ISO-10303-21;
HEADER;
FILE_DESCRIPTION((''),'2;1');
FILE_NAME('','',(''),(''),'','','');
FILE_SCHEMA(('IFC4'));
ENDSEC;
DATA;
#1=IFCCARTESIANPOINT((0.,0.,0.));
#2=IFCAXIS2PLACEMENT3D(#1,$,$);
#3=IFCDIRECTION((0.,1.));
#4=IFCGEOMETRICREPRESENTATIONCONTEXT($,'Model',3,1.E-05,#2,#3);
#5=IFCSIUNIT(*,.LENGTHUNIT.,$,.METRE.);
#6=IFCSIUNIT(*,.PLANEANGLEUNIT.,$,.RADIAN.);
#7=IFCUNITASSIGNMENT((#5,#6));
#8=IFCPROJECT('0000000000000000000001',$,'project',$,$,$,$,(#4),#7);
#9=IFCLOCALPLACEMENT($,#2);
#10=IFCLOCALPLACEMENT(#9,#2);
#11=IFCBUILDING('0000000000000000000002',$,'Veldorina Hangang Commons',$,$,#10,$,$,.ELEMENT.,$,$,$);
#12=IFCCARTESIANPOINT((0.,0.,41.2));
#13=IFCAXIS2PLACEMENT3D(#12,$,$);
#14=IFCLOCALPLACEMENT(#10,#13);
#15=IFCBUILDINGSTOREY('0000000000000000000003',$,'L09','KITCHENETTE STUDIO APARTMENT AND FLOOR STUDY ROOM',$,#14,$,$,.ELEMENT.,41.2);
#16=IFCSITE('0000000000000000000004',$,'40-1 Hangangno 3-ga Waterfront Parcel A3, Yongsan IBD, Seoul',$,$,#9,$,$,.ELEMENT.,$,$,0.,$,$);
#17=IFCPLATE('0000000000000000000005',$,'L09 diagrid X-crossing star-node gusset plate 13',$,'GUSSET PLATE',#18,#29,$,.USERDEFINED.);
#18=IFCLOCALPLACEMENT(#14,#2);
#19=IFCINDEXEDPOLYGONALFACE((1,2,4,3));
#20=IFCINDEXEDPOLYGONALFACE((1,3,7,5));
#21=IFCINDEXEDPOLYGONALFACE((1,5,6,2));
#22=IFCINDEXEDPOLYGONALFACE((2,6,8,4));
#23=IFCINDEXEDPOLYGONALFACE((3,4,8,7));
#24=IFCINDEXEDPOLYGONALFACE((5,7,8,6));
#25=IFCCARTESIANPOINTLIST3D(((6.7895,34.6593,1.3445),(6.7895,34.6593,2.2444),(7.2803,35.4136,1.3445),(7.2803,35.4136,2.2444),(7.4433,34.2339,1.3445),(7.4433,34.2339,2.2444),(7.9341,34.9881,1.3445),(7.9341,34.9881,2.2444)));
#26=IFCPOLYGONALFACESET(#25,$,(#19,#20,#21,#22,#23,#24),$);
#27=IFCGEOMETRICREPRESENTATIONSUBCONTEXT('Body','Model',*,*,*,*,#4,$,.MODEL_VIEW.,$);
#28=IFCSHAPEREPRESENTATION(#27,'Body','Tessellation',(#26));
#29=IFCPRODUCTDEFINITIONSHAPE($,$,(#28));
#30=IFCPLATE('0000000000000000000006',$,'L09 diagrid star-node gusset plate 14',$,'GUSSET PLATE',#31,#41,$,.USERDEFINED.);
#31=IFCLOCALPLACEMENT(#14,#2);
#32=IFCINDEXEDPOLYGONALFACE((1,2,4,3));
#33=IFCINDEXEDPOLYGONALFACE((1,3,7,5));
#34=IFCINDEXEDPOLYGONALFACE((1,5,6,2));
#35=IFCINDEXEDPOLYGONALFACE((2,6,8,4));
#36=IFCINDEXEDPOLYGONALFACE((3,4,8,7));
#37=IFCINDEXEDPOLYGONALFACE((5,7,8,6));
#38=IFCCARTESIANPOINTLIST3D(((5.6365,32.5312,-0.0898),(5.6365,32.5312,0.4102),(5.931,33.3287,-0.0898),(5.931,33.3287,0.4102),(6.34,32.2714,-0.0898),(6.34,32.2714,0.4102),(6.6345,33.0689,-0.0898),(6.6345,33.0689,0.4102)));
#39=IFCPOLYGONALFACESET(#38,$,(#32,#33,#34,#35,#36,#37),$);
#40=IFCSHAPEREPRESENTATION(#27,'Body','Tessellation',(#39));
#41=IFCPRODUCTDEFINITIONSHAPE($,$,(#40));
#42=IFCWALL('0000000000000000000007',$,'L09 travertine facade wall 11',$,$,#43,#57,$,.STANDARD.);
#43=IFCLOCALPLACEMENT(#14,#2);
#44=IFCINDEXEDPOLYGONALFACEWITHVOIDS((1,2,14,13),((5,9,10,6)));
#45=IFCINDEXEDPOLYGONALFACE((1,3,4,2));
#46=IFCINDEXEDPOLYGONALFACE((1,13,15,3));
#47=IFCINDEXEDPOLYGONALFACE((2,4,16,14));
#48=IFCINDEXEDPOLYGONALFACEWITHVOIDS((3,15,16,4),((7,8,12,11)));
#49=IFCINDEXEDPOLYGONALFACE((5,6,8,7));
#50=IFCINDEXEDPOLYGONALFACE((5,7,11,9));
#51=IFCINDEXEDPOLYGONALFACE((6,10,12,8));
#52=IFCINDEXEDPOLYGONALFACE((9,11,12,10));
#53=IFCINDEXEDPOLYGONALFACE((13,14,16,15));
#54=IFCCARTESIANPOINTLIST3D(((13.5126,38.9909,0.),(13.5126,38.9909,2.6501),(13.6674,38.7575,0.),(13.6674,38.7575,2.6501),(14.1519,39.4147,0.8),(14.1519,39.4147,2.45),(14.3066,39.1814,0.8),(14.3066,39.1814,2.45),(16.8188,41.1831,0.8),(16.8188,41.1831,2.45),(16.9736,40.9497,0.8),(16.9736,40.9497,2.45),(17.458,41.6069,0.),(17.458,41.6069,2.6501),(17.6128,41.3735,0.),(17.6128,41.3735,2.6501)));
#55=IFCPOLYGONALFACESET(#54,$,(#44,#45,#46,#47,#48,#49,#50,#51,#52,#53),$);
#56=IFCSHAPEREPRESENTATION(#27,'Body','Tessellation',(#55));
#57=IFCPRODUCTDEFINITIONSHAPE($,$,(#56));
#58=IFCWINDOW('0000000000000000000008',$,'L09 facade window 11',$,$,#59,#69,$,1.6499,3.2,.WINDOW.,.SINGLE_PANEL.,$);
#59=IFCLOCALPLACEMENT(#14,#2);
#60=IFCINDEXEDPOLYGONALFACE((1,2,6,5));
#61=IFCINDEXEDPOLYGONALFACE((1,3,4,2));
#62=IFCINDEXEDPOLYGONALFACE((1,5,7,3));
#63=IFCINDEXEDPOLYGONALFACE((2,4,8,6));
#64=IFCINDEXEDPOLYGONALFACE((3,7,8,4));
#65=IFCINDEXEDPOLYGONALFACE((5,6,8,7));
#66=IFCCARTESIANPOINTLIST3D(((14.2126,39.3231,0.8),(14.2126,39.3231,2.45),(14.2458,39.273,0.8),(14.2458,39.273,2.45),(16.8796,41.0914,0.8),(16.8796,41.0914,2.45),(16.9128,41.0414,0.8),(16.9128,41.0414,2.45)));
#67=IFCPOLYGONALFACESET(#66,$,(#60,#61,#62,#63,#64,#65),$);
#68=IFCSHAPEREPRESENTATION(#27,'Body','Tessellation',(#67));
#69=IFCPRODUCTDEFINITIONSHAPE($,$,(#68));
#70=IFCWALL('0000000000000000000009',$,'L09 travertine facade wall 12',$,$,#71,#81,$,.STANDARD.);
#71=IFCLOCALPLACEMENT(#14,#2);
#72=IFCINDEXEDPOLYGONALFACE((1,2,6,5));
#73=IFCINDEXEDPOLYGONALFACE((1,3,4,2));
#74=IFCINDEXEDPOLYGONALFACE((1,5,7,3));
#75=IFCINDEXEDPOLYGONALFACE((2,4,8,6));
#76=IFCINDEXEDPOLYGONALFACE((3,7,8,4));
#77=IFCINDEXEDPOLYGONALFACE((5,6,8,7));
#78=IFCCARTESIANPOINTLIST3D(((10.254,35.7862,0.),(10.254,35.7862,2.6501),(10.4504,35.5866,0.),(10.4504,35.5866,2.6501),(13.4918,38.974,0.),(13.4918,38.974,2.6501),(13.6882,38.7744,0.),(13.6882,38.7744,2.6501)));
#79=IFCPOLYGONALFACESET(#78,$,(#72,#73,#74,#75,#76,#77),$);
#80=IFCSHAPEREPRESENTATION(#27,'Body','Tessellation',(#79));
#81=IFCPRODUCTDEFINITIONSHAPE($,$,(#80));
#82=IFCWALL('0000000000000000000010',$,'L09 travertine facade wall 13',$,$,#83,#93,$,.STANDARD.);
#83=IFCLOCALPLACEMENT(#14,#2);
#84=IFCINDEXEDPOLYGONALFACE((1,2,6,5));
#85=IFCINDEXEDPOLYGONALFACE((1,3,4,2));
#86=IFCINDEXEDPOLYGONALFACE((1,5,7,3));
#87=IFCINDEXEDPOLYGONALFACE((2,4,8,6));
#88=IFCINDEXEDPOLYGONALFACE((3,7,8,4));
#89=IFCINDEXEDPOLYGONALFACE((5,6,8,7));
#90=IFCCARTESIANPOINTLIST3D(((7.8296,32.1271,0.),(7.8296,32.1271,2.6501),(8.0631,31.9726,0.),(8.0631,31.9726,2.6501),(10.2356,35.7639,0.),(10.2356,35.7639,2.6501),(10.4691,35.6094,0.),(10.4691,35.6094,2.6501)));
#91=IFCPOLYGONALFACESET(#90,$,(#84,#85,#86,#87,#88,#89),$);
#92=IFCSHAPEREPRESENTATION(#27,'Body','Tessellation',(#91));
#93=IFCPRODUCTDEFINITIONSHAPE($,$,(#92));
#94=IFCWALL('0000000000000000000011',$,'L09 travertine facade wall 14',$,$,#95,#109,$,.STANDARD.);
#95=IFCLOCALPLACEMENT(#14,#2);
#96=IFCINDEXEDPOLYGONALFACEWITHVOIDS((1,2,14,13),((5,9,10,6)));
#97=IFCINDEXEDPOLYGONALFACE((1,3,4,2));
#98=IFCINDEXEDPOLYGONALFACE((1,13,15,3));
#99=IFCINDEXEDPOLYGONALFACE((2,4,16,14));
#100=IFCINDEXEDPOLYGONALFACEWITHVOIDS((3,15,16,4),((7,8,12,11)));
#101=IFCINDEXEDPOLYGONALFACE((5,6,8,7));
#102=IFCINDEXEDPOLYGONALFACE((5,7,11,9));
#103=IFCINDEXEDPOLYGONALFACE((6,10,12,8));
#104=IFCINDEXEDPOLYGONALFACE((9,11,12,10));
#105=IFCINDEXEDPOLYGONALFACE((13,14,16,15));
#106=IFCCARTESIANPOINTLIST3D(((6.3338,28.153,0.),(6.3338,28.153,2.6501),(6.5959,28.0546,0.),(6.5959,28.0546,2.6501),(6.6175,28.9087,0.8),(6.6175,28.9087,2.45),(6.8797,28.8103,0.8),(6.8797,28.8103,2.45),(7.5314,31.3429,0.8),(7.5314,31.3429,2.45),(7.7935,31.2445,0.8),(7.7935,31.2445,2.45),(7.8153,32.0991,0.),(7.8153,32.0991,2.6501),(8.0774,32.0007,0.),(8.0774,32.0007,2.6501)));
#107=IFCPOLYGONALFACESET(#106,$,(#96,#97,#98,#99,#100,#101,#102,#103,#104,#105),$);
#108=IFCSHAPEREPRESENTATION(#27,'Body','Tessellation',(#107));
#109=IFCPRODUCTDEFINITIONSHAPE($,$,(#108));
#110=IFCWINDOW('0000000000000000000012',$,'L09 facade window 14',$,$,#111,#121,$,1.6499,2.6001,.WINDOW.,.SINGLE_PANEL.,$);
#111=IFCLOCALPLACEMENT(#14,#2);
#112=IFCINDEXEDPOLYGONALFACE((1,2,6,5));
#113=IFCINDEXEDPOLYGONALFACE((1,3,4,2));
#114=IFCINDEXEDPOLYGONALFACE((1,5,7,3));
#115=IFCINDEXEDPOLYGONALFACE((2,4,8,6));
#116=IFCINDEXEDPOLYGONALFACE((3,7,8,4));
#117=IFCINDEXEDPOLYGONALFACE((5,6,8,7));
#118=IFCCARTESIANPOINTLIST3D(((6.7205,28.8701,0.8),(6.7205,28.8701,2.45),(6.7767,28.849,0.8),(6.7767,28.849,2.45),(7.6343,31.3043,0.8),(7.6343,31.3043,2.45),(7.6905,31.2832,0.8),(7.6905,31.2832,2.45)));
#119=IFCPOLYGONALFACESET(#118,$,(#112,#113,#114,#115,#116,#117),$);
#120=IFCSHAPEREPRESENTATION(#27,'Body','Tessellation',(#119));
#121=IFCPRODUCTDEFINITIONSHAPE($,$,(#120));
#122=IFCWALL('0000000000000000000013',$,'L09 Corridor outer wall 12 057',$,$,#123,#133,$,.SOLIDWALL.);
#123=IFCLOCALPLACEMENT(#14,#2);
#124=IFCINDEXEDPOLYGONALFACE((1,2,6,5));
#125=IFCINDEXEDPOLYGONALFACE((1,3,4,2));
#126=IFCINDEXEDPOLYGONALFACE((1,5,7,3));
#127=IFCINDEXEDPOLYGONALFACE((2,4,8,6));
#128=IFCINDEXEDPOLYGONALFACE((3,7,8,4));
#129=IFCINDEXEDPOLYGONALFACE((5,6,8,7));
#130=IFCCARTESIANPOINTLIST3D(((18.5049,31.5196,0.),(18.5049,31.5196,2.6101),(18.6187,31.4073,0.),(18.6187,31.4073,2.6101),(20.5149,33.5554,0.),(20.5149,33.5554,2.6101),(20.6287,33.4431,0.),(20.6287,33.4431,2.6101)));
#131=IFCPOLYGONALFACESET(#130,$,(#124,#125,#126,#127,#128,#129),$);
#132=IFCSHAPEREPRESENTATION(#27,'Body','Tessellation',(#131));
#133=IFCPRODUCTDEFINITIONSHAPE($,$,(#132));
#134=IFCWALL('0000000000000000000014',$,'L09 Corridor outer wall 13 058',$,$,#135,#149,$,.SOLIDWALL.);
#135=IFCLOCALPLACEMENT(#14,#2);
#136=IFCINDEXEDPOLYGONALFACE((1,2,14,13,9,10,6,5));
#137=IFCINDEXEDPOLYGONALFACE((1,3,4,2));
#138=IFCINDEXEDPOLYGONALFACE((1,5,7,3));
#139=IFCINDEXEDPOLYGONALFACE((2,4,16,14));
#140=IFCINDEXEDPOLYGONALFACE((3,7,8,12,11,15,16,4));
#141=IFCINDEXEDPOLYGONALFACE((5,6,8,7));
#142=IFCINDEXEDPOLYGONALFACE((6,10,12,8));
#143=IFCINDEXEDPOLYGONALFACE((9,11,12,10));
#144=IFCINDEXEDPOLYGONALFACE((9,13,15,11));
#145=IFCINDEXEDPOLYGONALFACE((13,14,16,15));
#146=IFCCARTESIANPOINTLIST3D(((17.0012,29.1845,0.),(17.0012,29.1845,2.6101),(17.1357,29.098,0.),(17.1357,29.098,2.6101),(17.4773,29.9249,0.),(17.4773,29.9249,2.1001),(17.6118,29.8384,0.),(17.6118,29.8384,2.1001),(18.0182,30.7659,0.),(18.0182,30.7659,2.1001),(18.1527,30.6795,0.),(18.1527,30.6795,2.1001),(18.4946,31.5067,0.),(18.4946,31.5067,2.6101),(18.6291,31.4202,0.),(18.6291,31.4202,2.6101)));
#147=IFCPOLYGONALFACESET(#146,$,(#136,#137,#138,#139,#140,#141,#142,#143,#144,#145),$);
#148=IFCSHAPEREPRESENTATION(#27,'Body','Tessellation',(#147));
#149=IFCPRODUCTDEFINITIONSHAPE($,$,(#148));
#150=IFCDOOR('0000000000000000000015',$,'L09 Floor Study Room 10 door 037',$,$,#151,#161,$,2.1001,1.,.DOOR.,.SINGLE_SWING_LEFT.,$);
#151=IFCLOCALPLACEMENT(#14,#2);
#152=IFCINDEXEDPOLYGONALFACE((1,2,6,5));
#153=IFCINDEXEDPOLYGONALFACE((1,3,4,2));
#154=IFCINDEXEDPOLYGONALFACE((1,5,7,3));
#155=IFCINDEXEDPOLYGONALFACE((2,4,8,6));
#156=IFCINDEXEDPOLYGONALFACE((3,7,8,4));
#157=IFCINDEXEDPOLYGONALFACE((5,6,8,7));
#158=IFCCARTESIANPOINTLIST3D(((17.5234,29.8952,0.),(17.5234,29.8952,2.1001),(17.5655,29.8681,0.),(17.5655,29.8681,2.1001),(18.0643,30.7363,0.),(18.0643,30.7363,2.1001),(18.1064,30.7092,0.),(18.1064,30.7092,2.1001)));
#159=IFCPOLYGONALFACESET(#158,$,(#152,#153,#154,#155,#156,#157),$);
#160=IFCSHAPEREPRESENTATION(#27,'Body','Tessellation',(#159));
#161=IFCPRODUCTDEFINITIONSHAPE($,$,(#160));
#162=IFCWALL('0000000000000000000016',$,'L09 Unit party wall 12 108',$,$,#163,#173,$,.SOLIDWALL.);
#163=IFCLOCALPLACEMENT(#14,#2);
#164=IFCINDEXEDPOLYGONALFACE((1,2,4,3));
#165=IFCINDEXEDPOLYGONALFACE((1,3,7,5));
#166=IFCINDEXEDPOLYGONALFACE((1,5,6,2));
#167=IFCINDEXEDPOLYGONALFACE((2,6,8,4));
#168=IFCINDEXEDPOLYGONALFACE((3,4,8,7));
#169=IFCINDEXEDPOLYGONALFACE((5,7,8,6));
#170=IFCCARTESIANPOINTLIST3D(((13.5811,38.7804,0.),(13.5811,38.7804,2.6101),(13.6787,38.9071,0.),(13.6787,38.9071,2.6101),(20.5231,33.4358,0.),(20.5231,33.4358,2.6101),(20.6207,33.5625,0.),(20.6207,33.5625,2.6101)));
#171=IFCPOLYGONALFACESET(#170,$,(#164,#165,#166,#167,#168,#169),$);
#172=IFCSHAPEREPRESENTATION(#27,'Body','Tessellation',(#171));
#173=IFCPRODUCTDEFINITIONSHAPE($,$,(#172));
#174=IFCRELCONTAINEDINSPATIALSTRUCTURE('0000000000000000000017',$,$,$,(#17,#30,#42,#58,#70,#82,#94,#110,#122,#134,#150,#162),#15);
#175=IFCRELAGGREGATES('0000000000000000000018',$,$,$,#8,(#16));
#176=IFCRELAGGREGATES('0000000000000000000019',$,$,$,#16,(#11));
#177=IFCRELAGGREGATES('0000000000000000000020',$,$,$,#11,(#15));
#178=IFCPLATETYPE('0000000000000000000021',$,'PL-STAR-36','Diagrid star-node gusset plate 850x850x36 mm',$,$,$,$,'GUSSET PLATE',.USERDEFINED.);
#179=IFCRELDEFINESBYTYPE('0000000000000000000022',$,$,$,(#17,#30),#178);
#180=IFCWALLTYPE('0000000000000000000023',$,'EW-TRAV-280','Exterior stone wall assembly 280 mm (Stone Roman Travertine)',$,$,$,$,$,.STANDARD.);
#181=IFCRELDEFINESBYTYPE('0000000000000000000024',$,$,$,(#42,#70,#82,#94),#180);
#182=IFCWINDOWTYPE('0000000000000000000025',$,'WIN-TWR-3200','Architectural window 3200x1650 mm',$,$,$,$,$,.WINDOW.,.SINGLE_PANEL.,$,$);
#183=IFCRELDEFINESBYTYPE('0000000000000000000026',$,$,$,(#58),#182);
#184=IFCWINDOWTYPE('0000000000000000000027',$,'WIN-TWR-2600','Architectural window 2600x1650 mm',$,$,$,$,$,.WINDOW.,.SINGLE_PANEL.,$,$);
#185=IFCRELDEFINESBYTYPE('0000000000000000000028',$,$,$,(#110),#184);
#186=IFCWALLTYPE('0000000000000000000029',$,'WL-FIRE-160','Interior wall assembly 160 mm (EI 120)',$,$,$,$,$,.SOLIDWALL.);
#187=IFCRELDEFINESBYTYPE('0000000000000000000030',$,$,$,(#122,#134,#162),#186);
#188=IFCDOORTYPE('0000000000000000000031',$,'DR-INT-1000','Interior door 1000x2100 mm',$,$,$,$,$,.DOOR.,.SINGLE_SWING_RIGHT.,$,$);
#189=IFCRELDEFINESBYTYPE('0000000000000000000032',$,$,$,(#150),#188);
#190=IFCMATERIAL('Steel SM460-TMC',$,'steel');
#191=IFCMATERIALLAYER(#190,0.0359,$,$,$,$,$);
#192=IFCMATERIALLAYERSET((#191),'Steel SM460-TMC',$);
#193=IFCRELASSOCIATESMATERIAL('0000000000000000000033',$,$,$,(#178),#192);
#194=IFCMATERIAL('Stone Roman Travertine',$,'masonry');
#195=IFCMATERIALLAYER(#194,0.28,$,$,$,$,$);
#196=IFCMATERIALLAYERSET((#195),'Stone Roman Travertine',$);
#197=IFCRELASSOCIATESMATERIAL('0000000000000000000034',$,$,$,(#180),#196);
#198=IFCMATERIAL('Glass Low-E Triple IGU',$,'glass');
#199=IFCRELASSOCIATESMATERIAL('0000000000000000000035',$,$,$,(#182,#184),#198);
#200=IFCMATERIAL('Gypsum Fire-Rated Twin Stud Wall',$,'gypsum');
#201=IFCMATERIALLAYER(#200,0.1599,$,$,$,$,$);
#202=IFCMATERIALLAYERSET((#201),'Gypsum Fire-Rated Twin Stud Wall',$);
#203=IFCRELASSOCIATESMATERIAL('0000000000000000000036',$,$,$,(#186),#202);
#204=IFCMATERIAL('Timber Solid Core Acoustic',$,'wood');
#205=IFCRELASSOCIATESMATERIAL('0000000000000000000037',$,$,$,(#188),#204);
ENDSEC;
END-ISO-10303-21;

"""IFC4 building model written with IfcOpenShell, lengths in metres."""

from ifc_helpers import new_model, si_unit, direction, frame, frame_2d, origin, origin_2d, place, context, subcontext, project, spatial, rectangle, extrude, material, layer, layer_set, type_object, element, fill, save


model = new_model("IFC4")

# Units and contexts
model_context = context("Model", 3, precision=1e-05, world=origin(), true_north=direction((0.0, 1.0)))
body_context = subcontext(model_context, "Body", "Model", "MODEL_VIEW")
ifc_project = project(units=[si_unit("LENGTHUNIT", "METRE"), si_unit("PLANEANGLEUNIT", "RADIAN")], contexts=[model_context])

# Site, building, storey
site_placement = place(None, origin())
site = spatial("IfcSite", under=ifc_project, at=site_placement, Name="40-1 Hangangno 3-ga Waterfront Parcel A3, Yongsan IBD, Seoul", CompositionType="ELEMENT", RefElevation=0.0)
building_placement = place(site_placement, origin())
building = spatial("IfcBuilding", under=site, at=building_placement, Name="Veldorina Hangang Commons", CompositionType="ELEMENT")
storey_placement = place(building_placement, frame((0.0, 0.0, 41.2)))
storey = spatial("IfcBuildingStorey", under=building, at=storey_placement, Name="L09", Description="KITCHENETTE STUDIO APARTMENT AND FLOOR STUDY ROOM", CompositionType="ELEMENT", Elevation=41.2)

# Shared definitions
ifc_material_1 = material(Name="Steel SM460-TMC", Category="steel")

# Plates
ifc_layer_1 = layer(ifc_material_1, 0.0359)
ifc_layer_set_1 = layer_set([ifc_layer_1], Name="Steel SM460-TMC")
plate_type = type_object("IfcPlateType", Name="PL-STAR-36", Description="Diagrid star-node gusset plate 850x850x36 mm", ElementType="GUSSET PLATE", PredefinedType="USERDEFINED", material=ifc_layer_set_1)
plate_1_placement = place(storey_placement, frame((7.3618, 34.8237, 1.3445), z_axis=(0.0, 0.0, 1.0), x_axis=(-0.545429, -0.838157, 0.0)))
element("IfcPlate", 1, at=plate_1_placement, inside=storey, type_object=plate_type, Name="L09 diagrid X-crossing star-node gusset plate 13", ObjectType="GUSSET PLATE", PredefinedType="USERDEFINED", context=body_context, shape_type="SweptSolid", body=[
    extrude(rectangle(XDim=0.8999, YDim=0.78, at=origin_2d()), origin(), (0.0, 0.0, 1.0), 0.8999),
])
plate_2_placement = place(storey_placement, frame((6.1355, 32.8, -0.0898), z_axis=(0.0, 0.0, 1.0), x_axis=(-0.346428, -0.938077, 0.0)))
element("IfcPlate", 2, at=plate_2_placement, inside=storey, type_object=plate_type, Name="L09 diagrid star-node gusset plate 14", ObjectType="GUSSET PLATE", PredefinedType="USERDEFINED", context=body_context, shape_type="SweptSolid", body=[
    extrude(rectangle(XDim=0.8501, YDim=0.75, at=origin_2d()), origin(), (0.0, 0.0, 1.0), 0.5),
])

# Wall, opening, window
ifc_material_2 = material(Name="Stone Roman Travertine", Category="masonry")
ifc_layer_2 = layer(ifc_material_2, 0.28)
ifc_layer_set_2 = layer_set([ifc_layer_2], Name="Stone Roman Travertine")
wall_type_1 = type_object("IfcWallType", Name="EW-TRAV-280", Description="Exterior stone wall assembly 280 mm (Stone Roman Travertine)", PredefinedType="STANDARD", material=ifc_layer_set_2)
wall_1_placement = place(storey_placement, frame((17.5354, 41.4902, 0.0), z_axis=(0.0, 0.0, 1.0), x_axis=(-0.833436, -0.552616, 0.0)))
wall_1 = element("IfcWall", 3, at=wall_1_placement, inside=storey, type_object=wall_type_1, Name="L09 travertine facade wall 11", PredefinedType="STANDARD", context=body_context, shape_type="SweptSolid", body=[
    extrude(rectangle(XDim=4.7339, YDim=0.28, at=frame_2d((2.3669, 0.0))), origin(), (0.0, 0.0, 1.0), 2.6501),
])
opening_1_placement = place(wall_1_placement, frame((0.7668, 0.0, 0.8)))
opening_1 = element("IfcOpeningElement", 4, at=opening_1_placement, cuts=wall_1, PredefinedType="OPENING", context=body_context, shape_type="SweptSolid", body=[
    extrude(rectangle(XDim=3.2, YDim=1.6499, at=frame_2d((1.6001, 0.825))), frame((0.0, 0.1499, 0.0), z_axis=(0.0, -1.0, 0.0), x_axis=(1.0, 0.0, 0.0)), (0.0, 0.0, 1.0), 0.3),
])
ifc_material_3 = material(Name="Glass Low-E Triple IGU", Category="glass")
window_type_1 = type_object("IfcWindowType", Name="WIN-TWR-3200", Description="Architectural window 3200x1650 mm", PartitioningType="SINGLE_PANEL", PredefinedType="WINDOW", material=ifc_material_3)
window_1_placement = place(opening_1_placement, origin())
window_1 = element("IfcWindow", 5, at=window_1_placement, inside=storey, type_object=window_type_1, Name="L09 facade window 11", OverallHeight=1.6499, OverallWidth=3.2, PartitioningType="SINGLE_PANEL", PredefinedType="WINDOW", context=body_context, shape_type="SweptSolid", body=[
    extrude(rectangle(XDim=3.2, YDim=1.6499, at=frame_2d((1.6001, 0.825))), frame((0.0, 0.03, 0.0), z_axis=(0.0, -1.0, 0.0), x_axis=(1.0, 0.0, 0.0)), (0.0, 0.0, 1.0), 0.0601),
])
fill(opening_1, window_1)

# Walls
wall_2_placement = place(storey_placement, frame((13.5901, 38.8743, 0.0), z_axis=(0.0, 0.0, 1.0), x_axis=(-0.712593, -0.701578, 0.0)))
element("IfcWall", 6, at=wall_2_placement, inside=storey, type_object=wall_type_1, Name="L09 travertine facade wall 12", PredefinedType="STANDARD", context=body_context, shape_type="SweptSolid", body=[
    extrude(rectangle(XDim=4.5437, YDim=0.28, at=frame_2d((2.272, 0.0))), origin(), (0.0, 0.0, 1.0), 2.6501),
])
wall_3_placement = place(storey_placement, frame((10.3523, 35.6865, 0.0), z_axis=(0.0, 0.0, 1.0), x_axis=(-0.551764, -0.834, 0.0)))
element("IfcWall", 7, at=wall_3_placement, inside=storey, type_object=wall_type_1, Name="L09 travertine facade wall 13", PredefinedType="STANDARD", context=body_context, shape_type="SweptSolid", body=[
    extrude(rectangle(XDim=4.3606, YDim=0.28, at=frame_2d((2.1802, 0.0))), origin(), (0.0, 0.0, 1.0), 2.6501),
])

# Wall, opening, window
wall_4_placement = place(storey_placement, frame((7.9463, 32.0498, 0.0), z_axis=(0.0, 0.0, 1.0), x_axis=(-0.351473, -0.936198, 0.0)))
wall_4 = element("IfcWall", 8, at=wall_4_placement, inside=storey, type_object=wall_type_1, Name="L09 travertine facade wall 14", PredefinedType="STANDARD", context=body_context, shape_type="SweptSolid", body=[
    extrude(rectangle(XDim=4.2151, YDim=0.28, at=frame_2d((2.1074, 0.0))), origin(), (0.0, 0.0, 1.0), 2.6501),
])
opening_2_placement = place(wall_4_placement, frame((0.8076, 0.0, 0.8)))
opening_2 = element("IfcOpeningElement", 9, at=opening_2_placement, cuts=wall_4, PredefinedType="OPENING", context=body_context, shape_type="SweptSolid", body=[
    extrude(rectangle(XDim=2.6001, YDim=1.6499, at=frame_2d((1.3, 0.825))), frame((0.0, 0.1499, 0.0), z_axis=(0.0, -1.0, 0.0), x_axis=(1.0, 0.0, 0.0)), (0.0, 0.0, 1.0), 0.3),
])
window_type_2 = type_object("IfcWindowType", Name="WIN-TWR-2600", Description="Architectural window 2600x1650 mm", PartitioningType="SINGLE_PANEL", PredefinedType="WINDOW", material=ifc_material_3)
window_2_placement = place(opening_2_placement, origin())
window_2 = element("IfcWindow", 10, at=window_2_placement, inside=storey, type_object=window_type_2, Name="L09 facade window 14", OverallHeight=1.6499, OverallWidth=2.6001, PartitioningType="SINGLE_PANEL", PredefinedType="WINDOW", context=body_context, shape_type="SweptSolid", body=[
    extrude(rectangle(XDim=2.6001, YDim=1.6499, at=frame_2d((1.3, 0.825))), frame((0.0, 0.03, 0.0), z_axis=(0.0, -1.0, 0.0), x_axis=(1.0, 0.0, 0.0)), (0.0, 0.0, 1.0), 0.0601),
])
fill(opening_2, window_2)

# Wall
ifc_material_4 = material(Name="Gypsum Fire-Rated Twin Stud Wall", Category="gypsum")
ifc_layer_3 = layer(ifc_material_4, 0.1599)
ifc_layer_set_3 = layer_set([ifc_layer_3], Name="Gypsum Fire-Rated Twin Stud Wall")
wall_type_2 = type_object("IfcWallType", Name="WL-FIRE-160", Description="Interior wall assembly 160 mm (EI 120)", PredefinedType="SOLIDWALL", material=ifc_layer_set_3)
wall_5_placement = place(storey_placement, frame((20.5718, 33.4993, 0.0), z_axis=(0.0, 0.0, 1.0), x_axis=(-0.70257, -0.711615, 0.0)))
element("IfcWall", 11, at=wall_5_placement, inside=storey, type_object=wall_type_2, Name="L09 Corridor outer wall 12 057", PredefinedType="SOLIDWALL", context=body_context, shape_type="SweptSolid", body=[
    extrude(rectangle(XDim=2.8608, YDim=0.1599, at=frame_2d((1.4304, 0.0))), origin(), (0.0, 0.0, 1.0), 2.6101),
])

# Wall, opening, door
wall_6_placement = place(storey_placement, frame((18.5618, 31.4634, 0.0), z_axis=(0.0, 0.0, 1.0), x_axis=(-0.540892, -0.841092, 0.0)))
wall_6 = element("IfcWall", 12, at=wall_6_placement, inside=storey, type_object=wall_type_2, Name="L09 Corridor outer wall 13 058", PredefinedType="SOLIDWALL", context=body_context, shape_type="SweptSolid", body=[
    extrude(rectangle(XDim=2.761, YDim=0.1599, at=frame_2d((1.3804, 0.0))), origin(), (0.0, 0.0, 1.0), 2.6101),
])
opening_3_placement = place(wall_6_placement, frame((0.8806, 0.0, 0.0)))
opening_3 = element("IfcOpeningElement", 13, at=opening_3_placement, cuts=wall_6, PredefinedType="OPENING", context=body_context, shape_type="SweptSolid", body=[
    extrude(rectangle(XDim=1.0, YDim=2.1001, at=frame_2d((0.5, 1.05))), frame((0.0, 0.0898, 0.0), z_axis=(0.0, -1.0, 0.0), x_axis=(1.0, 0.0, 0.0)), (0.0, 0.0, 1.0), 0.1799),
])
ifc_material_5 = material(Name="Timber Solid Core Acoustic", Category="wood")
door_type = type_object("IfcDoorType", Name="DR-INT-1000", Description="Interior door 1000x2100 mm", OperationType="SINGLE_SWING_RIGHT", PredefinedType="DOOR", material=ifc_material_5)
door_placement = place(opening_3_placement, origin())
door = element("IfcDoor", 14, at=door_placement, inside=storey, type_object=door_type, Name="L09 Floor Study Room 10 door 037", OperationType="SINGLE_SWING_LEFT", OverallHeight=2.1001, OverallWidth=1.0, PredefinedType="DOOR", context=body_context, shape_type="SweptSolid", body=[
    extrude(rectangle(XDim=1.0, YDim=2.1001, at=frame_2d((0.5, 1.05))), frame((0.0, 0.0249, 0.0), z_axis=(0.0, -1.0, 0.0), x_axis=(1.0, 0.0, 0.0)), (0.0, 0.0, 1.0), 0.05),
])
fill(opening_3, door)

# Wall
wall_7_placement = place(storey_placement, frame((20.5718, 33.4993, 0.0), z_axis=(0.0, 0.0, 1.0), x_axis=(-0.792372, 0.610038, 0.0)))
element("IfcWall", 15, at=wall_7_placement, inside=storey, type_object=wall_type_2, Name="L09 Unit party wall 12 108", PredefinedType="SOLIDWALL", context=body_context, shape_type="SweptSolid", body=[
    extrude(rectangle(XDim=8.761, YDim=0.1599, at=frame_2d((4.3804, 0.0))), origin(), (0.0, 0.0, 1.0), 2.6101),
])

save(model, "model.ifc")
